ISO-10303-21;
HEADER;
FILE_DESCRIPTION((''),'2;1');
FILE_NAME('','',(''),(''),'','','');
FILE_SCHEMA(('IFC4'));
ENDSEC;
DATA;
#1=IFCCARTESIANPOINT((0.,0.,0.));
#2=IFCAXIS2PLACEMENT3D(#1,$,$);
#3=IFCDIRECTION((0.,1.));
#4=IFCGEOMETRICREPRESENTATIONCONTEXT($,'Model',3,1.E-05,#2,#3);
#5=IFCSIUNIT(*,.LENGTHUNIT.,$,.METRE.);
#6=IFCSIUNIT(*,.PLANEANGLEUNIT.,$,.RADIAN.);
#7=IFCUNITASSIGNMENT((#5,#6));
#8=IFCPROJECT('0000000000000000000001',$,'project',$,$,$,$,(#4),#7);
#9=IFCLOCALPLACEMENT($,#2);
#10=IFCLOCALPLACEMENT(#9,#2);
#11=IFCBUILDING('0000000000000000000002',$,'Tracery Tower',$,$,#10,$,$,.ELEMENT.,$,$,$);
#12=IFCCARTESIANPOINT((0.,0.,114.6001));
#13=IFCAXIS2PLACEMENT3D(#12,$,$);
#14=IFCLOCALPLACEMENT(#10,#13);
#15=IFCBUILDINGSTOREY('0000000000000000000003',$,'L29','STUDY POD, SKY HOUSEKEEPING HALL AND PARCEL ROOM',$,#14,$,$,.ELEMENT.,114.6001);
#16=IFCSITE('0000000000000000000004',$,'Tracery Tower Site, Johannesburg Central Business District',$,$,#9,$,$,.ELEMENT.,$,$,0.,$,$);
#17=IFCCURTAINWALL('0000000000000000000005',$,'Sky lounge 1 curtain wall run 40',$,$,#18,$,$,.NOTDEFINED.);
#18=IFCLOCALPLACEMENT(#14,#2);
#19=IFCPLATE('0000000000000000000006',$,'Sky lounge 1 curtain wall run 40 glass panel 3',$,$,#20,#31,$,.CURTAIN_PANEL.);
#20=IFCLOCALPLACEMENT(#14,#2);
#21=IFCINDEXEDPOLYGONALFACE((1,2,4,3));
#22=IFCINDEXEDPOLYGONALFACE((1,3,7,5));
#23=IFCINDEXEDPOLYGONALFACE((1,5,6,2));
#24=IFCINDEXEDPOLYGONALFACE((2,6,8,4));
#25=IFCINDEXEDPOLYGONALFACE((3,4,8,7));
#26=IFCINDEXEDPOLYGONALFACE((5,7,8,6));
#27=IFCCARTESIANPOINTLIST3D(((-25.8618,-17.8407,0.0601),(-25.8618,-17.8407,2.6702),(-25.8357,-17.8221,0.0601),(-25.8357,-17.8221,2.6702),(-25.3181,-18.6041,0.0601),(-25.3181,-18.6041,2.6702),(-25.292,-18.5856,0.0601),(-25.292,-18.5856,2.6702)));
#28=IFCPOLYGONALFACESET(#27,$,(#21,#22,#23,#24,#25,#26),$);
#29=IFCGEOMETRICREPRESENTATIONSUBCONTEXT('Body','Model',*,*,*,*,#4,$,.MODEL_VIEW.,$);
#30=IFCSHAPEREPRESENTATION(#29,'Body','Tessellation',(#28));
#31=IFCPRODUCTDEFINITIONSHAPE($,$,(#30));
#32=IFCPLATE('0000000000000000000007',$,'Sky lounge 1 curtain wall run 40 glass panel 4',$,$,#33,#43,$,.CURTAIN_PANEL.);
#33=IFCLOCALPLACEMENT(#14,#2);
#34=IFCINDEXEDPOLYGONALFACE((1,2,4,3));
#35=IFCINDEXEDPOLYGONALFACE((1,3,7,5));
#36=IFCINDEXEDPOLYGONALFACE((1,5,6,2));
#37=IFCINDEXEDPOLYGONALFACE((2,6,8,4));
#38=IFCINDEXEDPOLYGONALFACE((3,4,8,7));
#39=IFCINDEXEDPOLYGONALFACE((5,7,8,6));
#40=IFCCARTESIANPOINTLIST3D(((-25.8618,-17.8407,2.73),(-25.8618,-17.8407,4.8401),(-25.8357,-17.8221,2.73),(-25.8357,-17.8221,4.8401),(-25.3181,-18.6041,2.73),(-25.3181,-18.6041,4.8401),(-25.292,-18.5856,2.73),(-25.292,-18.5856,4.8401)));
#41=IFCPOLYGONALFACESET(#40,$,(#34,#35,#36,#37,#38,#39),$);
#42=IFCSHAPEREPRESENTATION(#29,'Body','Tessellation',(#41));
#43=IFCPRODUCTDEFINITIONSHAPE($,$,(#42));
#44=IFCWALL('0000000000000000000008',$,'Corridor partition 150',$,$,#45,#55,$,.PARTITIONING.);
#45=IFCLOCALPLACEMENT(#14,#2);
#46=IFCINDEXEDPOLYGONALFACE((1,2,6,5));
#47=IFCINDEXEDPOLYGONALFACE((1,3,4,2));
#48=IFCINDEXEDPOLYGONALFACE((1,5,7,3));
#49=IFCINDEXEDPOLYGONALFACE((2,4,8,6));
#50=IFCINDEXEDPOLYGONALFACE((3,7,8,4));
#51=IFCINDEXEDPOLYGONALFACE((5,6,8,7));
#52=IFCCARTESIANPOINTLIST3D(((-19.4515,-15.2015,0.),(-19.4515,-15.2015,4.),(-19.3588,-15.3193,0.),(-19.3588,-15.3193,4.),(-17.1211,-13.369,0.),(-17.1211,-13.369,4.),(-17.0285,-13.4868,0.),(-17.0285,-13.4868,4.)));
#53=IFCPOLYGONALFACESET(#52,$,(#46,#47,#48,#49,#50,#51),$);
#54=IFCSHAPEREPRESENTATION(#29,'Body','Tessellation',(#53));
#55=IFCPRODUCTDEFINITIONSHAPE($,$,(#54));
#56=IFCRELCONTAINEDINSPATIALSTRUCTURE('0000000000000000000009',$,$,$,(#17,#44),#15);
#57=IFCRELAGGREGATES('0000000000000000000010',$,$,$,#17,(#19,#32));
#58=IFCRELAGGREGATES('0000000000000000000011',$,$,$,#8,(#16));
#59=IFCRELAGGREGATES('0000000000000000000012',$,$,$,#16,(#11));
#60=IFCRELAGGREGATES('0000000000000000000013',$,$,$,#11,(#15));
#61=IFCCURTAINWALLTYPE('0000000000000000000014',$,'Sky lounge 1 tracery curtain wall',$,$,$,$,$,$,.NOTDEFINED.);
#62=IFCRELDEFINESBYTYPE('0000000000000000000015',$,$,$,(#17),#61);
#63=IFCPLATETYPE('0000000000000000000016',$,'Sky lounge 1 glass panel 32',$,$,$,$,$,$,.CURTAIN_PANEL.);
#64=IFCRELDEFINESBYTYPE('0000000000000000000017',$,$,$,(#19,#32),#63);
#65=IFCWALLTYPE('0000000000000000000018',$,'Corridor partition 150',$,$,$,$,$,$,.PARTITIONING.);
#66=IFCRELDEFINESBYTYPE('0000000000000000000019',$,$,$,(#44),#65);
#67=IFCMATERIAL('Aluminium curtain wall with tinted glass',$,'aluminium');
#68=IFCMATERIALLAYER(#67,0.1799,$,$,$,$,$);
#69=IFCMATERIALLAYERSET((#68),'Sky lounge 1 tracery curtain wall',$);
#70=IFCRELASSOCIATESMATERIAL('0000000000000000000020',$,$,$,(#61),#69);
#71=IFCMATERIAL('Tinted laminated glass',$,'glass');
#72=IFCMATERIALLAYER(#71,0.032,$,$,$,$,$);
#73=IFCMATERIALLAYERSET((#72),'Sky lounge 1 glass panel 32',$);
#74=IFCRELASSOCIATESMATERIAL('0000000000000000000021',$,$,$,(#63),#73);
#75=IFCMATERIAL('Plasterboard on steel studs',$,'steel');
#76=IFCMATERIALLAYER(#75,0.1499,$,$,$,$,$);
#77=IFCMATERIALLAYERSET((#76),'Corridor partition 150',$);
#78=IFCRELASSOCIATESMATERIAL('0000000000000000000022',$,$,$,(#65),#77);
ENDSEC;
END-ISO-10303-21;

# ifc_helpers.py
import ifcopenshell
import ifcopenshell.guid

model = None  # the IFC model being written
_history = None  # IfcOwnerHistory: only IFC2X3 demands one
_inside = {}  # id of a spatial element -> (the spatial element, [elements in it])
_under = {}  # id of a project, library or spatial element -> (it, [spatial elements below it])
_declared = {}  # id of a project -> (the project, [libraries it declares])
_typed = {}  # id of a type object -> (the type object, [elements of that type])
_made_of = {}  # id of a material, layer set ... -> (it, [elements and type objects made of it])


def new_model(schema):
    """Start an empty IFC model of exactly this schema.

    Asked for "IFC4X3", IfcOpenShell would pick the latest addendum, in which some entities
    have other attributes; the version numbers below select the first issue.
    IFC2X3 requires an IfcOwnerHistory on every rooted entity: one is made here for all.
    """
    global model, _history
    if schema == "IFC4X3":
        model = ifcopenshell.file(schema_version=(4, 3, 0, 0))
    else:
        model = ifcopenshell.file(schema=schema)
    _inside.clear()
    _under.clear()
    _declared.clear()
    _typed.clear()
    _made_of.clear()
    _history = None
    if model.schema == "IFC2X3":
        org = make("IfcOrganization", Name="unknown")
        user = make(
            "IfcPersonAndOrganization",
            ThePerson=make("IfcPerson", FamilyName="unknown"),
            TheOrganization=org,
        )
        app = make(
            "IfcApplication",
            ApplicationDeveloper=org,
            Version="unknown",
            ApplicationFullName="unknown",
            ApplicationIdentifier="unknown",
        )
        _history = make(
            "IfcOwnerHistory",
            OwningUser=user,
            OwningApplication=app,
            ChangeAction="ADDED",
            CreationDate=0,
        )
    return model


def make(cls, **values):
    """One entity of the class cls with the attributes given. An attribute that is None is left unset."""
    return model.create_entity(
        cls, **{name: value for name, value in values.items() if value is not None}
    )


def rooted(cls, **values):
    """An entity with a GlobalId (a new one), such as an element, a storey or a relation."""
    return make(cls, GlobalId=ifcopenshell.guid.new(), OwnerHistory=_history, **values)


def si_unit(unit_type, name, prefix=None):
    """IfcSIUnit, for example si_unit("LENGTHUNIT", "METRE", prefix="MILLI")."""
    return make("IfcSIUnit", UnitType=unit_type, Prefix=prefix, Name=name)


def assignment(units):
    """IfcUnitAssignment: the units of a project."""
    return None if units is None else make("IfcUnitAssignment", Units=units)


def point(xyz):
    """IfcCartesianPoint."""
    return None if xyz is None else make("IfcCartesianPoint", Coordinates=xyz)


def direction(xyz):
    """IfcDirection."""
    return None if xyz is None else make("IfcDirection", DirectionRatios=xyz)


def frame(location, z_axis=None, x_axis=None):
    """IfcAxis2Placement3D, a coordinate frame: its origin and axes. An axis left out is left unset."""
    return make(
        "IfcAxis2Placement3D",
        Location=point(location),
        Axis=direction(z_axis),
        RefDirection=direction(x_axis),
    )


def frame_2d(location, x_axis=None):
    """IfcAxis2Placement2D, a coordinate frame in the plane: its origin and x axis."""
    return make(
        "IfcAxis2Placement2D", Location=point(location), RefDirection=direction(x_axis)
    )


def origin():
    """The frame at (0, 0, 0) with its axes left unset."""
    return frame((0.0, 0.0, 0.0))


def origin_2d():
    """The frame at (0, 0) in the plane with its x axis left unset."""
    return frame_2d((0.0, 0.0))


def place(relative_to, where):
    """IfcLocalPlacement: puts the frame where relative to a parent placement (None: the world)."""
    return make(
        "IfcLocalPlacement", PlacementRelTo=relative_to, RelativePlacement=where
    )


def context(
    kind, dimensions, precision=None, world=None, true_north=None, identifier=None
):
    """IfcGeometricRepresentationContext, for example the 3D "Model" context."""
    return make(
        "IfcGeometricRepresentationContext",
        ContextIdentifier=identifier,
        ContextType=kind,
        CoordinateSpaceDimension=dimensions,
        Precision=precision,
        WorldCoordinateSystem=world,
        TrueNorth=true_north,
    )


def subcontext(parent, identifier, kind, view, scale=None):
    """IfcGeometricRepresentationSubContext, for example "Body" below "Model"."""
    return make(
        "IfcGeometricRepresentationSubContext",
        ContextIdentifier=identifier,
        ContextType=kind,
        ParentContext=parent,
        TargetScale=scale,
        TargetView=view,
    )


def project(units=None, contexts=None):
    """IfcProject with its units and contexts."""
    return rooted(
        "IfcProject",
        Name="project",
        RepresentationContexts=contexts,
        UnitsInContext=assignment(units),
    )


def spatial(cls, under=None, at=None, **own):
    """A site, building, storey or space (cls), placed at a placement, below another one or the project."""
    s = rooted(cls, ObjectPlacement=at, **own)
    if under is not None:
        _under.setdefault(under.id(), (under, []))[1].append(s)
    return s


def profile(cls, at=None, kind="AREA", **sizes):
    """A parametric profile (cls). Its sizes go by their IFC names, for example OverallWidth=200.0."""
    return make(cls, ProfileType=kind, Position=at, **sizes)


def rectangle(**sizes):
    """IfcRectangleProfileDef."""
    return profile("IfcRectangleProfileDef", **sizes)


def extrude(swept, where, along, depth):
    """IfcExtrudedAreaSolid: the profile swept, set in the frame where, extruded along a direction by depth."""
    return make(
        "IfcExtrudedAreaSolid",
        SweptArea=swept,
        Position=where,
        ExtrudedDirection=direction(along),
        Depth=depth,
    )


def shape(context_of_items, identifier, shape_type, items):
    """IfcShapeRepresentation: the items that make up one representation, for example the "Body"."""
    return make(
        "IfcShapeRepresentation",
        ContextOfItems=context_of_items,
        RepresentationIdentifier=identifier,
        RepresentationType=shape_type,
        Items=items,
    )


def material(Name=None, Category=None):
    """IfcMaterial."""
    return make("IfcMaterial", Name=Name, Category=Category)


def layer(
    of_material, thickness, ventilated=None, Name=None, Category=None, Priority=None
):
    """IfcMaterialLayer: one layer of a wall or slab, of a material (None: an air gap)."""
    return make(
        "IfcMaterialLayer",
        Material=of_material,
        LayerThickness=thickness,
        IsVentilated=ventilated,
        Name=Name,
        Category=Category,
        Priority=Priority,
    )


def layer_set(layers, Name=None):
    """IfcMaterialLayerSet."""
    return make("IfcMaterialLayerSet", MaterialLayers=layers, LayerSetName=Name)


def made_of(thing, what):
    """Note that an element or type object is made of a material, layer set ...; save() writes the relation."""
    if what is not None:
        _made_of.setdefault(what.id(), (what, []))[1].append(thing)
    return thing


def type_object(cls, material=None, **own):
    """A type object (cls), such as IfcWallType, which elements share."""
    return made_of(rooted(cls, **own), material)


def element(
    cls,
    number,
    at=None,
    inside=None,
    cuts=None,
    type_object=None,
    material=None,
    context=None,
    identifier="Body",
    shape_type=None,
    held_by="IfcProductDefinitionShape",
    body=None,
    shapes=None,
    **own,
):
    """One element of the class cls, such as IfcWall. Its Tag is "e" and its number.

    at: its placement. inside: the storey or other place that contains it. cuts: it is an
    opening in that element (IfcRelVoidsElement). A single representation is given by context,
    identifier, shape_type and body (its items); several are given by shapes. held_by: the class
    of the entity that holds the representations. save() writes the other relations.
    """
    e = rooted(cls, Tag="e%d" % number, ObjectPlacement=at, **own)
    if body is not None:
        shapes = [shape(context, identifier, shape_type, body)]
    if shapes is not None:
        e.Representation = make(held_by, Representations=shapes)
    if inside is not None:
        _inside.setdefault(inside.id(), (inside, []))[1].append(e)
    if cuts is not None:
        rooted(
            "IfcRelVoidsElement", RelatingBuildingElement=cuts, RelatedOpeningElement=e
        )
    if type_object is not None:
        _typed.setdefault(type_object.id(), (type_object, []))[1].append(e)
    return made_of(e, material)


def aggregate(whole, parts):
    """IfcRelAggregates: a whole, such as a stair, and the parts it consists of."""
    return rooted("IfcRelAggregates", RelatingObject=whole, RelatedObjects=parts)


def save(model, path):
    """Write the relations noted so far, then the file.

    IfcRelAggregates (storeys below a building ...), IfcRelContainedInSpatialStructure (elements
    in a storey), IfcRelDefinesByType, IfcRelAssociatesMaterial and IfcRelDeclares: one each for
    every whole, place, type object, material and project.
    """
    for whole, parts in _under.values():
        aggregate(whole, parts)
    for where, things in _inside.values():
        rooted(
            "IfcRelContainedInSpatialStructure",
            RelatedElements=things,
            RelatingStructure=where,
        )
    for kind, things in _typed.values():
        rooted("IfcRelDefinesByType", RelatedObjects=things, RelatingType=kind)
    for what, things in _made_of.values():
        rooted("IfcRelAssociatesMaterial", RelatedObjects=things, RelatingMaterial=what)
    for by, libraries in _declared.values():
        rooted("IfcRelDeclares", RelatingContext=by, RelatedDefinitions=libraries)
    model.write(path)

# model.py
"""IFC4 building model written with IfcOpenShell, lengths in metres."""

from ifc_helpers import new_model, si_unit, direction, frame, frame_2d, origin, origin_2d, place, context, subcontext, project, spatial, rectangle, extrude, material, layer, layer_set, type_object, element, aggregate, save


model = new_model("IFC4")

# Units and contexts
model_context = context("Model", 3, precision=1e-05, world=origin(), true_north=direction((0.0, 1.0)))
body_context = subcontext(model_context, "Body", "Model", "MODEL_VIEW")
ifc_project = project(units=[si_unit("LENGTHUNIT", "METRE"), si_unit("PLANEANGLEUNIT", "RADIAN")], contexts=[model_context])

# Site, building, storey
site_placement = place(None, origin())
site = spatial("IfcSite", under=ifc_project, at=site_placement, Name="Tracery Tower Site, Johannesburg Central Business District", CompositionType="ELEMENT", RefElevation=0.0)
building_placement = place(site_placement, origin())
building = spatial("IfcBuilding", under=site, at=building_placement, Name="Tracery Tower", CompositionType="ELEMENT")
storey_placement = place(building_placement, frame((0.0, 0.0, 114.6001)))
storey = spatial("IfcBuildingStorey", under=building, at=storey_placement, Name="L29", Description="STUDY POD, SKY HOUSEKEEPING HALL AND PARCEL ROOM", CompositionType="ELEMENT", Elevation=114.6001)

# Curtain wall
ifc_material_1 = material(Name="Aluminium curtain wall with tinted glass", Category="aluminium")
ifc_layer_1 = layer(ifc_material_1, 0.1799)
ifc_layer_set_1 = layer_set([ifc_layer_1], Name="Sky lounge 1 tracery curtain wall")
curtain_wall_type = type_object("IfcCurtainWallType", Name="Sky lounge 1 tracery curtain wall", PredefinedType="NOTDEFINED", material=ifc_layer_set_1)
curtain_wall_1_placement = place(storey_placement, origin())
curtain_wall_1 = element("IfcCurtainWall", 1, at=curtain_wall_1_placement, inside=storey, type_object=curtain_wall_type, Name="Sky lounge 1 curtain wall run 40", PredefinedType="NOTDEFINED")

# Plates
ifc_material_2 = material(Name="Tinted laminated glass", Category="glass")
ifc_layer_2 = layer(ifc_material_2, 0.032)
ifc_layer_set_2 = layer_set([ifc_layer_2], Name="Sky lounge 1 glass panel 32")
plate_type = type_object("IfcPlateType", Name="Sky lounge 1 glass panel 32", PredefinedType="CURTAIN_PANEL", material=ifc_layer_set_2)
plate_1_placement = place(storey_placement, frame((-25.5769, -18.2131, 0.0601), z_axis=(0.0, 0.0, 1.0), x_axis=(0.580057, -0.814576, 0.0)))
plate_1 = element("IfcPlate", 2, at=plate_1_placement, type_object=plate_type, Name="Sky lounge 1 curtain wall run 40 glass panel 3", PredefinedType="CURTAIN_PANEL", context=body_context, shape_type="SweptSolid", body=[
    extrude(rectangle(XDim=0.9373, YDim=0.032, at=origin_2d()), origin(), (0.0, 0.0, 1.0), 2.6101),
])
plate_2_placement = place(storey_placement, frame((-25.5769, -18.2131, 2.73), z_axis=(0.0, 0.0, 1.0), x_axis=(0.580057, -0.814576, 0.0)))
plate_2 = element("IfcPlate", 3, at=plate_2_placement, type_object=plate_type, Name="Sky lounge 1 curtain wall run 40 glass panel 4", PredefinedType="CURTAIN_PANEL", context=body_context, shape_type="SweptSolid", body=[
    extrude(rectangle(XDim=0.9373, YDim=0.032, at=origin_2d()), origin(), (0.0, 0.0, 1.0), 2.1101),
])
aggregate(curtain_wall_1, [plate_1, plate_2])

# Wall
ifc_material_3 = material(Name="Plasterboard on steel studs", Category="steel")
ifc_layer_3 = layer(ifc_material_3, 0.1499)
ifc_layer_set_3 = layer_set([ifc_layer_3], Name="Corridor partition 150")
wall_type = type_object("IfcWallType", Name="Corridor partition 150", PredefinedType="PARTITIONING", material=ifc_layer_set_3)
wall_placement = place(storey_placement, frame((-19.4053, -15.2605, 0.0), z_axis=(0.0, 0.0, 1.0), x_axis=(0.786064, 0.618145, 0.0)))
element("IfcWall", 4, at=wall_placement, inside=storey, type_object=wall_type, Name="Corridor partition 150", PredefinedType="PARTITIONING", context=body_context, shape_type="SweptSolid", body=[
    extrude(rectangle(XDim=2.9646, YDim=0.1499, at=frame_2d((1.4824, 0.0))), origin(), (0.0, 0.0, 1.0), 4.0),
])

save(model, "model.ifc")
